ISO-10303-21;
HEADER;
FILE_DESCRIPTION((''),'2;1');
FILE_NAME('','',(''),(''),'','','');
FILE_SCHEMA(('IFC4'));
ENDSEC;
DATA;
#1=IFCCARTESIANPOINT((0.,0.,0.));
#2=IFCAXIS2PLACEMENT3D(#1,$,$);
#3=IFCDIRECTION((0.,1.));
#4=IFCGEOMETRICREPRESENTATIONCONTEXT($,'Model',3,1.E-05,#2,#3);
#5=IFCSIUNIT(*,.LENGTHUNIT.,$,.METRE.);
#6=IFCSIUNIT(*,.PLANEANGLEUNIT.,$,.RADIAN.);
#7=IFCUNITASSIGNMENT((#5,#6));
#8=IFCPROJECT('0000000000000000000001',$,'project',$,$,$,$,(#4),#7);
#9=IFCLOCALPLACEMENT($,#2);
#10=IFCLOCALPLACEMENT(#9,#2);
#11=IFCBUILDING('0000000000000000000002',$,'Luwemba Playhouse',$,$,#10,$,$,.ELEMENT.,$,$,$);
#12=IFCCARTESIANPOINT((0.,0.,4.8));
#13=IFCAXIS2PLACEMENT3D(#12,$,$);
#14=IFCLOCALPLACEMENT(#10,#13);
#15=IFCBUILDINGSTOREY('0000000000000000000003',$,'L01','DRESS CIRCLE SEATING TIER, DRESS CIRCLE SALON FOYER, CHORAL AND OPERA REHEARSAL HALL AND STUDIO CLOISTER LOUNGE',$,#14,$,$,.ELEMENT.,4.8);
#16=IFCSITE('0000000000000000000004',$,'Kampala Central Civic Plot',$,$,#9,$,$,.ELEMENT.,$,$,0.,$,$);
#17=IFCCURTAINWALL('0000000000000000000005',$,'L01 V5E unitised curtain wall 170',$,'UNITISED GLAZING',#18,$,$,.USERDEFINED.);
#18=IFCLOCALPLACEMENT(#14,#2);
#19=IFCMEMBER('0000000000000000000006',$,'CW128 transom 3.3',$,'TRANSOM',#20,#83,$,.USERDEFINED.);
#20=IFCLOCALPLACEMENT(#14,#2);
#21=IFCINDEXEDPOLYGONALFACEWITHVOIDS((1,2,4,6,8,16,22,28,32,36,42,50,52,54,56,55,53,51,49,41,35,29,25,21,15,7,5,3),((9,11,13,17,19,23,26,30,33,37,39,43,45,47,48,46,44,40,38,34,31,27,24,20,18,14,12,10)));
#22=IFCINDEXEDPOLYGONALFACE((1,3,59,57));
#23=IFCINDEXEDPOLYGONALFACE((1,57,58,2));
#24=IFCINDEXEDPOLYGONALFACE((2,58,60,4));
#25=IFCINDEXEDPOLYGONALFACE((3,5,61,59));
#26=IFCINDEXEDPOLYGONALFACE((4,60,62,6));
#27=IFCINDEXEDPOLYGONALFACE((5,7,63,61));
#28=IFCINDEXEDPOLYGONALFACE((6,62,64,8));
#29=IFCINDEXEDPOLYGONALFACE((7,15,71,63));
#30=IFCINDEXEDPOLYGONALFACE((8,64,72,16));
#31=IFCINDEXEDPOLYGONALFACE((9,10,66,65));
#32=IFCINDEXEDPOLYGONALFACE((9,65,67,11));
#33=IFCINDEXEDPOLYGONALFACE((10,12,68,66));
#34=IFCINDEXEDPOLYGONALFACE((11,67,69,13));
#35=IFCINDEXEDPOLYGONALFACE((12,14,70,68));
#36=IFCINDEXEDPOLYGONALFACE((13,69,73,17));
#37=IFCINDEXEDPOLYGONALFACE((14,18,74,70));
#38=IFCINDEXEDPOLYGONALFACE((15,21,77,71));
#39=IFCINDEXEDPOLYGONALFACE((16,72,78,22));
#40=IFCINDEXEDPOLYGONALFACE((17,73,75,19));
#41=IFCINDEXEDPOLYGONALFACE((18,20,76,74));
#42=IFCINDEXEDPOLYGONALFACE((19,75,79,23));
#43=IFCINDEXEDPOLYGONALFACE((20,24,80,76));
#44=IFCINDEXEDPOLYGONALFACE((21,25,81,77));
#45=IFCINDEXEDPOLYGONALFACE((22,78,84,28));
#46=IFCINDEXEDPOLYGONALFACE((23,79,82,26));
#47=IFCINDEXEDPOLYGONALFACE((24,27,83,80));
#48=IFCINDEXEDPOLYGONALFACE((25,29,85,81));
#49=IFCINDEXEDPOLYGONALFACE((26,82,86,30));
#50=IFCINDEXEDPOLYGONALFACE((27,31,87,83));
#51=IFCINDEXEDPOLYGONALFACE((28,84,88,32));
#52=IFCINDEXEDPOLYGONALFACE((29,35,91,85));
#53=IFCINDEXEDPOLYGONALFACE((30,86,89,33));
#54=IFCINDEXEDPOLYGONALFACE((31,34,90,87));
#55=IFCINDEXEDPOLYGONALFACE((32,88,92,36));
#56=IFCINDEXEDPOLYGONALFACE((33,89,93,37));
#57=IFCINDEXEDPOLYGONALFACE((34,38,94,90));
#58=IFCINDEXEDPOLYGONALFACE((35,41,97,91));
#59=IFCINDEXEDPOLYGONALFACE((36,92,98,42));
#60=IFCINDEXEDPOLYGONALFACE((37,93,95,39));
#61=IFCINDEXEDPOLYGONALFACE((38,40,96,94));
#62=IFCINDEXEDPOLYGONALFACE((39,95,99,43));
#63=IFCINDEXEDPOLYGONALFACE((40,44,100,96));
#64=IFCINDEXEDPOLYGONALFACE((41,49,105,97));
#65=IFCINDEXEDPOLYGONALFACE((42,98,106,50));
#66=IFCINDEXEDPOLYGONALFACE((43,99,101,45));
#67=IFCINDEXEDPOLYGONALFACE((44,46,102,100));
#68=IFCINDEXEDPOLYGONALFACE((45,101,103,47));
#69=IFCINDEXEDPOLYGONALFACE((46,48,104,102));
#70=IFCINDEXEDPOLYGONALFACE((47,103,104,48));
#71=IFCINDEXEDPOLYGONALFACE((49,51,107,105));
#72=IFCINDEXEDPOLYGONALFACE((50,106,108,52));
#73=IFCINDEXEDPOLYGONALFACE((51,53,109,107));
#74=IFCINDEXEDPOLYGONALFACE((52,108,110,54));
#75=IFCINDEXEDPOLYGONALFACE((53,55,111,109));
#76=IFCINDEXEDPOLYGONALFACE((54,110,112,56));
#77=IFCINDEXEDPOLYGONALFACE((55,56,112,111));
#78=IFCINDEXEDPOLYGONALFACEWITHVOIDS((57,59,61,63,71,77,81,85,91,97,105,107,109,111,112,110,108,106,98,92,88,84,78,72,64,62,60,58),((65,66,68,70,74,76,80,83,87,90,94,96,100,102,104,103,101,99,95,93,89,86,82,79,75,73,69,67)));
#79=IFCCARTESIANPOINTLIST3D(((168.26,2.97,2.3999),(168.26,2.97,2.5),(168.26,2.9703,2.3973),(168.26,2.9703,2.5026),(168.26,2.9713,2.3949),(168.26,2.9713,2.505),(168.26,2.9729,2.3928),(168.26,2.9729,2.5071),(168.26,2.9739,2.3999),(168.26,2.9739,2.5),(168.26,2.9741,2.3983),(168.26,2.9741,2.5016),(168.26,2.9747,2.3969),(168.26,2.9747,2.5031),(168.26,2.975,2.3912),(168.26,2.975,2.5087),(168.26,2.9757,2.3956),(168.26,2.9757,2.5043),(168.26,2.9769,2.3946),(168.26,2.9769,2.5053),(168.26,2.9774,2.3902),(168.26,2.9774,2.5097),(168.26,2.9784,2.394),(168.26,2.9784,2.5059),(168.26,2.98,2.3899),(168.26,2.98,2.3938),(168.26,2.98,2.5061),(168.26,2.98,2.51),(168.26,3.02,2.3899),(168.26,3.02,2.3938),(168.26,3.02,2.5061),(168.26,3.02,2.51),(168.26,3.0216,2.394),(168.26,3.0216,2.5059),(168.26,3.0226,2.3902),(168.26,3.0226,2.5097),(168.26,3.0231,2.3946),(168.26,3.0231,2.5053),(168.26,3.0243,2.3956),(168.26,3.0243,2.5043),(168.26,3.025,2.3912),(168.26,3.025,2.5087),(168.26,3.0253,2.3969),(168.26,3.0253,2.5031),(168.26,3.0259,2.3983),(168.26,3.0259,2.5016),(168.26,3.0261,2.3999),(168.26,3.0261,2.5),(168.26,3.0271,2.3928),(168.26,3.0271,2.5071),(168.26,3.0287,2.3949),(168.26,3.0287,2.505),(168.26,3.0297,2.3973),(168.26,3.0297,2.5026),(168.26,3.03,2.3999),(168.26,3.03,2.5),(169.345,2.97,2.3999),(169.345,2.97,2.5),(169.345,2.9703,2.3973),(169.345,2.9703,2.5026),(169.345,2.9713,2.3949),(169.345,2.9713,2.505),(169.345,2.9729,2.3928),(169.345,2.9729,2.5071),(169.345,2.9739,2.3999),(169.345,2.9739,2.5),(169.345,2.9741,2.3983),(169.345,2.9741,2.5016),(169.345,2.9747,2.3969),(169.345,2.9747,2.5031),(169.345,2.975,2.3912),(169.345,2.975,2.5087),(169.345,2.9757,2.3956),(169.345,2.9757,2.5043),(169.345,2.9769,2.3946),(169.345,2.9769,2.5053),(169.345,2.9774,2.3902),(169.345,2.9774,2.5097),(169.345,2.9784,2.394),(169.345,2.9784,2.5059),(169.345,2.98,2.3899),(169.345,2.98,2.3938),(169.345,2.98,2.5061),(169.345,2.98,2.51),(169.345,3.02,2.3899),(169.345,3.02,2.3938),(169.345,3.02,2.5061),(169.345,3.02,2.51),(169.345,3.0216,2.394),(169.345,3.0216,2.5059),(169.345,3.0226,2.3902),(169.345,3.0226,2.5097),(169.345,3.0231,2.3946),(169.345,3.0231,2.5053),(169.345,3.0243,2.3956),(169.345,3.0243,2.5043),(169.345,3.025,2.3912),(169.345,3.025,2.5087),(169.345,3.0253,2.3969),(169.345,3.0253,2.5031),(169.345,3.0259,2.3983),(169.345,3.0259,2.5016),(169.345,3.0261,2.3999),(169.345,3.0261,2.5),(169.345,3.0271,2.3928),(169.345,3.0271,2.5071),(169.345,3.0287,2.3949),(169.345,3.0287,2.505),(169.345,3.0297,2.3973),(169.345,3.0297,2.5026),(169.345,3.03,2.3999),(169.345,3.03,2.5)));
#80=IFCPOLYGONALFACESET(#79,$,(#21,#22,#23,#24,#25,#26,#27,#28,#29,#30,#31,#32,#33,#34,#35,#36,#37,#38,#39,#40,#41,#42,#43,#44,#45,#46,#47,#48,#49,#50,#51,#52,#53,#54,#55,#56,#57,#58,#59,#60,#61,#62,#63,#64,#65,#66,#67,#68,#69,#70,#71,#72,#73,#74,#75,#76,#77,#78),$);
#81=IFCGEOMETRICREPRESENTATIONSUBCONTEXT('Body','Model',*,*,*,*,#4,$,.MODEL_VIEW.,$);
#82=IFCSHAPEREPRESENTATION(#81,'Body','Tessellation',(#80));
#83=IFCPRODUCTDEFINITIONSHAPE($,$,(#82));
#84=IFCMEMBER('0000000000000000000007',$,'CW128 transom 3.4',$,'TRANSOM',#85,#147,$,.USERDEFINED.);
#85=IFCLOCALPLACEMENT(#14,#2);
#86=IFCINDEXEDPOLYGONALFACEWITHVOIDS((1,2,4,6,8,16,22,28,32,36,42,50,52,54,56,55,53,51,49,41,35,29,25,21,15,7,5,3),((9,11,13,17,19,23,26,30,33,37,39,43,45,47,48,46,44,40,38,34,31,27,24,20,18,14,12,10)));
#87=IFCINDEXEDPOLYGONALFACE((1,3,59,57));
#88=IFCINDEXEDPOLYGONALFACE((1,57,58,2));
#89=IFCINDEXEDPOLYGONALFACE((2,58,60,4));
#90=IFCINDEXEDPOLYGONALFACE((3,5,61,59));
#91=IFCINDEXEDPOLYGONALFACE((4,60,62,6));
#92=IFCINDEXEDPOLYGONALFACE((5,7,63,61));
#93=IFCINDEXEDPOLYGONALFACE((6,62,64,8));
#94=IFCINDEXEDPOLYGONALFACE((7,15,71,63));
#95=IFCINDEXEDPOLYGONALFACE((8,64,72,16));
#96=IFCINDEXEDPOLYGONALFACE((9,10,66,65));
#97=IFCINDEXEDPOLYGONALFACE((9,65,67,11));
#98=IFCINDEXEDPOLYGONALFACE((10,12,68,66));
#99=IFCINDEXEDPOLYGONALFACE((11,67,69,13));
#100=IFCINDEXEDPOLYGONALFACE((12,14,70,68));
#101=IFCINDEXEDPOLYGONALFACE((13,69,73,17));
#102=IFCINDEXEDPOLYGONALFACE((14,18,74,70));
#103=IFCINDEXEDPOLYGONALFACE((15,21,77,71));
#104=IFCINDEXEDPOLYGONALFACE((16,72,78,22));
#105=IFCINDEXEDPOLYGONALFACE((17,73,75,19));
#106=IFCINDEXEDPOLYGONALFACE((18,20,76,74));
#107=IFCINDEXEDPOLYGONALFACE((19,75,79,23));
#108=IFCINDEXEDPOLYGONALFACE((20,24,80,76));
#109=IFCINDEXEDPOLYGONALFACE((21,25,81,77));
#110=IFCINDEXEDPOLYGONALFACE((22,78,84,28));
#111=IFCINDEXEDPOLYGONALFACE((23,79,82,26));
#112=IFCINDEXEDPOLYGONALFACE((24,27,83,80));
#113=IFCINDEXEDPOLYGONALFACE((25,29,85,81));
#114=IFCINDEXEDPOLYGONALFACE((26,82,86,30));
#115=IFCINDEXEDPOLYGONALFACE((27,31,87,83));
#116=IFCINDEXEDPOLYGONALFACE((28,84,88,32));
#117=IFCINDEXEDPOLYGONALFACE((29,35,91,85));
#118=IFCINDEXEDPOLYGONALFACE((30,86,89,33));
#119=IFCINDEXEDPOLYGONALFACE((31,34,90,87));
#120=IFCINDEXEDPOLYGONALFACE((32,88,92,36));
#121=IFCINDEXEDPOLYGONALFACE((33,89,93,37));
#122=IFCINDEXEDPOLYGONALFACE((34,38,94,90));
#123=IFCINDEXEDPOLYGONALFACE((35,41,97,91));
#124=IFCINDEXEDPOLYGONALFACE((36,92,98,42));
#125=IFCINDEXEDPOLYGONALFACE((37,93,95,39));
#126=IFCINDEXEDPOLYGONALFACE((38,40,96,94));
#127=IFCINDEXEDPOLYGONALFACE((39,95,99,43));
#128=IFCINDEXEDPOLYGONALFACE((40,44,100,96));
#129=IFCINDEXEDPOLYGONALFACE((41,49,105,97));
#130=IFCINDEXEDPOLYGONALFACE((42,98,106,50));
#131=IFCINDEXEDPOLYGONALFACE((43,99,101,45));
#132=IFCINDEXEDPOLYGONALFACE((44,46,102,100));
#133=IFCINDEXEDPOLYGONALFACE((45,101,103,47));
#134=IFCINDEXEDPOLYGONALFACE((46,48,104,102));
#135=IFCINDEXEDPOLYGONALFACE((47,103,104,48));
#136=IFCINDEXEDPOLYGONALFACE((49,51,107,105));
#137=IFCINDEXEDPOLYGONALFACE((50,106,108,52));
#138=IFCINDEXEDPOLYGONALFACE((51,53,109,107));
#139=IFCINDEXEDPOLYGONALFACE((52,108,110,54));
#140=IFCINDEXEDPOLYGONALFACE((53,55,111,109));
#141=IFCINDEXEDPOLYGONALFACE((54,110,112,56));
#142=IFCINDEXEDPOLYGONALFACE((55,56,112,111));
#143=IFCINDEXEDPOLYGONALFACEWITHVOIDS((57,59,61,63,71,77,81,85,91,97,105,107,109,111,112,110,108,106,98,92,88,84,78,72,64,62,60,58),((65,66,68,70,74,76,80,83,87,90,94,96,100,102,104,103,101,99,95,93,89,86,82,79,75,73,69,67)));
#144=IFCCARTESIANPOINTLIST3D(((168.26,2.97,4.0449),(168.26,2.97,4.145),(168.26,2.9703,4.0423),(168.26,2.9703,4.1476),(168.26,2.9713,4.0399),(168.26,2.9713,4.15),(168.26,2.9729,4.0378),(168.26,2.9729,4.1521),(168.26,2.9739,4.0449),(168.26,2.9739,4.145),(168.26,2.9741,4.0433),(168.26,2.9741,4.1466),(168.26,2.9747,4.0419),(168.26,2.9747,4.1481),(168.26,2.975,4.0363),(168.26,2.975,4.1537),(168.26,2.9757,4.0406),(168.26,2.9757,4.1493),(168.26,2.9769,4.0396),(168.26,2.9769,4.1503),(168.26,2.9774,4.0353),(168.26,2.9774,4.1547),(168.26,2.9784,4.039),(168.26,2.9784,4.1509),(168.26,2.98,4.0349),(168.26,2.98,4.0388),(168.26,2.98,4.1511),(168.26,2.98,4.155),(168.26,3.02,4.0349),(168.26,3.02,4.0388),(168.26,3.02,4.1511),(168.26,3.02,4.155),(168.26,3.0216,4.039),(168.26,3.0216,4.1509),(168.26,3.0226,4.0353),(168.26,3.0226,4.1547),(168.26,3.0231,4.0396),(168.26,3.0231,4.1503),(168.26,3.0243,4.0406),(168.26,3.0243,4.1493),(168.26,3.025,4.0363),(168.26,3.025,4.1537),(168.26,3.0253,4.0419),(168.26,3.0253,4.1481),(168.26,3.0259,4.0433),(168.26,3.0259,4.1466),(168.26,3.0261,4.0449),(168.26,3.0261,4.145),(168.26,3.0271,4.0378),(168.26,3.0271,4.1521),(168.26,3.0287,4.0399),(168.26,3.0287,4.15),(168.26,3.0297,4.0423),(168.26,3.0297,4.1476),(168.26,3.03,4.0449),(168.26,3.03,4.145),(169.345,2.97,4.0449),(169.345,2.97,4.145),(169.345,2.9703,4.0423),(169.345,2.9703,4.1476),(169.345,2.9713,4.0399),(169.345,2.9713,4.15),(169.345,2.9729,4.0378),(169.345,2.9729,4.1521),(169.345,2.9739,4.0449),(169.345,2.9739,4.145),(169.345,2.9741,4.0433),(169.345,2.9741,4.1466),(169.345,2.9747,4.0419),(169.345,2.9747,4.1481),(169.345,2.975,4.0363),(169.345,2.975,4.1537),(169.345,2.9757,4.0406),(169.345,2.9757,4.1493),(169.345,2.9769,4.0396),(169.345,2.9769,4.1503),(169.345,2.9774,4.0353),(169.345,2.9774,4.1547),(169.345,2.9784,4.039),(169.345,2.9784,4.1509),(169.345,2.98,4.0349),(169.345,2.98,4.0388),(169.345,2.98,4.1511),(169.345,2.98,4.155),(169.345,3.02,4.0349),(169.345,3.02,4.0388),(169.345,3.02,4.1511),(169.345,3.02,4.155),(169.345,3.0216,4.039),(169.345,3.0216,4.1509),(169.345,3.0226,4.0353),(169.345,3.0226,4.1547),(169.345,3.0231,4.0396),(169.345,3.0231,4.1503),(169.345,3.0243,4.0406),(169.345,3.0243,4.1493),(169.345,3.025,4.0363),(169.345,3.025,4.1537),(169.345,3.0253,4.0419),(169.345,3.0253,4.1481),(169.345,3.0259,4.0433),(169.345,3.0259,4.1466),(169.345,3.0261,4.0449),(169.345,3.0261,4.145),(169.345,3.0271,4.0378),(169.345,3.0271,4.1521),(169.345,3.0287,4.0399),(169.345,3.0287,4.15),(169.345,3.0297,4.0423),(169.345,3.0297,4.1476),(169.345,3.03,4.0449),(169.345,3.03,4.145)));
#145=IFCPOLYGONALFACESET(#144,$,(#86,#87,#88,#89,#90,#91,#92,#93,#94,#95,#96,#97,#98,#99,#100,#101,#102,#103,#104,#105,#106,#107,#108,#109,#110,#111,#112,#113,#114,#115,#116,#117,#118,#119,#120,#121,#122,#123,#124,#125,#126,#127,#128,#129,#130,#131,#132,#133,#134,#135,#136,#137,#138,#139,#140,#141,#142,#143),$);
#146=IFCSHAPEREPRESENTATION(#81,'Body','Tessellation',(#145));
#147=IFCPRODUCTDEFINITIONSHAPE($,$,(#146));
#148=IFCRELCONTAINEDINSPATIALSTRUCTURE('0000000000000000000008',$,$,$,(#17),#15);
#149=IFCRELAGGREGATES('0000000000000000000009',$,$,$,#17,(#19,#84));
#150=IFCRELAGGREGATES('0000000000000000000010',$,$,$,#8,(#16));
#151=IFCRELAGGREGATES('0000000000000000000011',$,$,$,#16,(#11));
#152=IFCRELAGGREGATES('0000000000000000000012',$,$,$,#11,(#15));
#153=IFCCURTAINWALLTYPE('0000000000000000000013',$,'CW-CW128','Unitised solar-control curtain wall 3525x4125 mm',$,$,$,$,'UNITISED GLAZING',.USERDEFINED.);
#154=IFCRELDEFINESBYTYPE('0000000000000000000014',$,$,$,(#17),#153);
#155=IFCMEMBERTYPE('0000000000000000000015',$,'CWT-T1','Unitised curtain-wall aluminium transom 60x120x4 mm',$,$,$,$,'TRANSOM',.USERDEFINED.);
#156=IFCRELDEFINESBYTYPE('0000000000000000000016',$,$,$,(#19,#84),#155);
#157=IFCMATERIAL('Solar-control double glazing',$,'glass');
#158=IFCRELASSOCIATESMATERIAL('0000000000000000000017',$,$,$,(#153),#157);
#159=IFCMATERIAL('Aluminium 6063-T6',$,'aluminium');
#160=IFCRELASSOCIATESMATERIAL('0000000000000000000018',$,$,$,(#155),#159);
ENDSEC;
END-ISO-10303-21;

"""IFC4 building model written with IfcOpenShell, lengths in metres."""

from ifc_helpers import new_model, si_unit, direction, frame, origin, origin_2d, place, context, subcontext, project, spatial, hollow_rectangle, extrude, material, material_profile, profile_set, type_object, element, aggregate, save


model = new_model("IFC4")

# Units and contexts
model_context = context("Model", 3, precision=1e-05, world=origin(), true_north=direction((0.0, 1.0)))
body_context = subcontext(model_context, "Body", "Model", "MODEL_VIEW")
ifc_project = project(units=[si_unit("LENGTHUNIT", "METRE"), si_unit("PLANEANGLEUNIT", "RADIAN")], contexts=[model_context])

# Site, building, storey
site_placement = place(None, origin())
site = spatial("IfcSite", under=ifc_project, at=site_placement, Name="Kampala Central Civic Plot", CompositionType="ELEMENT", RefElevation=0.0)
building_placement = place(site_placement, origin())
building = spatial("IfcBuilding", under=site, at=building_placement, Name="Luwemba Playhouse", CompositionType="ELEMENT")
storey_placement = place(building_placement, frame((0.0, 0.0, 4.8)))
storey = spatial("IfcBuildingStorey", under=building, at=storey_placement, Name="L01", Description="DRESS CIRCLE SEATING TIER, DRESS CIRCLE SALON FOYER, CHORAL AND OPERA REHEARSAL HALL AND STUDIO CLOISTER LOUNGE", CompositionType="ELEMENT", Elevation=4.8)

# Curtain wall
ifc_material_1 = material(Name="Solar-control double glazing", Category="glass")
curtain_wall_type_1 = type_object("IfcCurtainWallType", Name="CW-CW128", Description="Unitised solar-control curtain wall 3525x4125 mm", ElementType="UNITISED GLAZING", PredefinedType="USERDEFINED", material=ifc_material_1)
curtain_wall_1_placement = place(storey_placement, origin())
curtain_wall_1 = element("IfcCurtainWall", 1, at=curtain_wall_1_placement, inside=storey, type_object=curtain_wall_type_1, Name="L01 V5E unitised curtain wall 170", ObjectType="UNITISED GLAZING", PredefinedType="USERDEFINED")
ifc_material_2 = material(Name="Aluminium 6063-T6", Category="aluminium")

# Members
ifc_material_profile_1 = material_profile(ifc_material_2, hollow_rectangle(XDim=0.0601, YDim=0.1201, WallThickness=0.0039, InnerFilletRadius=0.0061, OuterFilletRadius=0.01, at=origin_2d()))
ifc_profile_set_1 = profile_set([ifc_material_profile_1], Name="Aluminium 6063-T6")
member_type_1 = type_object("IfcMemberType", Name="CWT-T1", Description="Unitised curtain-wall aluminium transom 60x120x4 mm", ElementType="TRANSOM", PredefinedType="USERDEFINED", material=ifc_profile_set_1)
member_1_placement = place(storey_placement, frame((169.345, 3.0, 2.45), z_axis=(-1.0, 0.0, 0.0), x_axis=(0.0, -1.0, 0.0)))
member_1 = element("IfcMember", 2, at=member_1_placement, type_object=member_type_1, Name="CW128 transom 3.3", ObjectType="TRANSOM", PredefinedType="USERDEFINED", context=body_context, shape_type="SweptSolid", body=[
    extrude(hollow_rectangle(XDim=0.0601, YDim=0.1201, WallThickness=0.0039, InnerFilletRadius=0.0061, OuterFilletRadius=0.01, at=origin_2d()), origin(), (0.0, 0.0, 1.0), 1.085),
])
member_2_placement = place(storey_placement, frame((169.345, 3.0, 4.095), z_axis=(-1.0, 0.0, 0.0), x_axis=(0.0, -1.0, 0.0)))
member_2 = element("IfcMember", 3, at=member_2_placement, type_object=member_type_1, Name="CW128 transom 3.4", ObjectType="TRANSOM", PredefinedType="USERDEFINED", context=body_context, shape_type="SweptSolid", body=[
    extrude(hollow_rectangle(XDim=0.0601, YDim=0.1201, WallThickness=0.0039, InnerFilletRadius=0.0061, OuterFilletRadius=0.01, at=origin_2d()), origin(), (0.0, 0.0, 1.0), 1.085),
])

aggregate(curtain_wall_1, [member_1, member_2])

save(model, "model.ifc")
